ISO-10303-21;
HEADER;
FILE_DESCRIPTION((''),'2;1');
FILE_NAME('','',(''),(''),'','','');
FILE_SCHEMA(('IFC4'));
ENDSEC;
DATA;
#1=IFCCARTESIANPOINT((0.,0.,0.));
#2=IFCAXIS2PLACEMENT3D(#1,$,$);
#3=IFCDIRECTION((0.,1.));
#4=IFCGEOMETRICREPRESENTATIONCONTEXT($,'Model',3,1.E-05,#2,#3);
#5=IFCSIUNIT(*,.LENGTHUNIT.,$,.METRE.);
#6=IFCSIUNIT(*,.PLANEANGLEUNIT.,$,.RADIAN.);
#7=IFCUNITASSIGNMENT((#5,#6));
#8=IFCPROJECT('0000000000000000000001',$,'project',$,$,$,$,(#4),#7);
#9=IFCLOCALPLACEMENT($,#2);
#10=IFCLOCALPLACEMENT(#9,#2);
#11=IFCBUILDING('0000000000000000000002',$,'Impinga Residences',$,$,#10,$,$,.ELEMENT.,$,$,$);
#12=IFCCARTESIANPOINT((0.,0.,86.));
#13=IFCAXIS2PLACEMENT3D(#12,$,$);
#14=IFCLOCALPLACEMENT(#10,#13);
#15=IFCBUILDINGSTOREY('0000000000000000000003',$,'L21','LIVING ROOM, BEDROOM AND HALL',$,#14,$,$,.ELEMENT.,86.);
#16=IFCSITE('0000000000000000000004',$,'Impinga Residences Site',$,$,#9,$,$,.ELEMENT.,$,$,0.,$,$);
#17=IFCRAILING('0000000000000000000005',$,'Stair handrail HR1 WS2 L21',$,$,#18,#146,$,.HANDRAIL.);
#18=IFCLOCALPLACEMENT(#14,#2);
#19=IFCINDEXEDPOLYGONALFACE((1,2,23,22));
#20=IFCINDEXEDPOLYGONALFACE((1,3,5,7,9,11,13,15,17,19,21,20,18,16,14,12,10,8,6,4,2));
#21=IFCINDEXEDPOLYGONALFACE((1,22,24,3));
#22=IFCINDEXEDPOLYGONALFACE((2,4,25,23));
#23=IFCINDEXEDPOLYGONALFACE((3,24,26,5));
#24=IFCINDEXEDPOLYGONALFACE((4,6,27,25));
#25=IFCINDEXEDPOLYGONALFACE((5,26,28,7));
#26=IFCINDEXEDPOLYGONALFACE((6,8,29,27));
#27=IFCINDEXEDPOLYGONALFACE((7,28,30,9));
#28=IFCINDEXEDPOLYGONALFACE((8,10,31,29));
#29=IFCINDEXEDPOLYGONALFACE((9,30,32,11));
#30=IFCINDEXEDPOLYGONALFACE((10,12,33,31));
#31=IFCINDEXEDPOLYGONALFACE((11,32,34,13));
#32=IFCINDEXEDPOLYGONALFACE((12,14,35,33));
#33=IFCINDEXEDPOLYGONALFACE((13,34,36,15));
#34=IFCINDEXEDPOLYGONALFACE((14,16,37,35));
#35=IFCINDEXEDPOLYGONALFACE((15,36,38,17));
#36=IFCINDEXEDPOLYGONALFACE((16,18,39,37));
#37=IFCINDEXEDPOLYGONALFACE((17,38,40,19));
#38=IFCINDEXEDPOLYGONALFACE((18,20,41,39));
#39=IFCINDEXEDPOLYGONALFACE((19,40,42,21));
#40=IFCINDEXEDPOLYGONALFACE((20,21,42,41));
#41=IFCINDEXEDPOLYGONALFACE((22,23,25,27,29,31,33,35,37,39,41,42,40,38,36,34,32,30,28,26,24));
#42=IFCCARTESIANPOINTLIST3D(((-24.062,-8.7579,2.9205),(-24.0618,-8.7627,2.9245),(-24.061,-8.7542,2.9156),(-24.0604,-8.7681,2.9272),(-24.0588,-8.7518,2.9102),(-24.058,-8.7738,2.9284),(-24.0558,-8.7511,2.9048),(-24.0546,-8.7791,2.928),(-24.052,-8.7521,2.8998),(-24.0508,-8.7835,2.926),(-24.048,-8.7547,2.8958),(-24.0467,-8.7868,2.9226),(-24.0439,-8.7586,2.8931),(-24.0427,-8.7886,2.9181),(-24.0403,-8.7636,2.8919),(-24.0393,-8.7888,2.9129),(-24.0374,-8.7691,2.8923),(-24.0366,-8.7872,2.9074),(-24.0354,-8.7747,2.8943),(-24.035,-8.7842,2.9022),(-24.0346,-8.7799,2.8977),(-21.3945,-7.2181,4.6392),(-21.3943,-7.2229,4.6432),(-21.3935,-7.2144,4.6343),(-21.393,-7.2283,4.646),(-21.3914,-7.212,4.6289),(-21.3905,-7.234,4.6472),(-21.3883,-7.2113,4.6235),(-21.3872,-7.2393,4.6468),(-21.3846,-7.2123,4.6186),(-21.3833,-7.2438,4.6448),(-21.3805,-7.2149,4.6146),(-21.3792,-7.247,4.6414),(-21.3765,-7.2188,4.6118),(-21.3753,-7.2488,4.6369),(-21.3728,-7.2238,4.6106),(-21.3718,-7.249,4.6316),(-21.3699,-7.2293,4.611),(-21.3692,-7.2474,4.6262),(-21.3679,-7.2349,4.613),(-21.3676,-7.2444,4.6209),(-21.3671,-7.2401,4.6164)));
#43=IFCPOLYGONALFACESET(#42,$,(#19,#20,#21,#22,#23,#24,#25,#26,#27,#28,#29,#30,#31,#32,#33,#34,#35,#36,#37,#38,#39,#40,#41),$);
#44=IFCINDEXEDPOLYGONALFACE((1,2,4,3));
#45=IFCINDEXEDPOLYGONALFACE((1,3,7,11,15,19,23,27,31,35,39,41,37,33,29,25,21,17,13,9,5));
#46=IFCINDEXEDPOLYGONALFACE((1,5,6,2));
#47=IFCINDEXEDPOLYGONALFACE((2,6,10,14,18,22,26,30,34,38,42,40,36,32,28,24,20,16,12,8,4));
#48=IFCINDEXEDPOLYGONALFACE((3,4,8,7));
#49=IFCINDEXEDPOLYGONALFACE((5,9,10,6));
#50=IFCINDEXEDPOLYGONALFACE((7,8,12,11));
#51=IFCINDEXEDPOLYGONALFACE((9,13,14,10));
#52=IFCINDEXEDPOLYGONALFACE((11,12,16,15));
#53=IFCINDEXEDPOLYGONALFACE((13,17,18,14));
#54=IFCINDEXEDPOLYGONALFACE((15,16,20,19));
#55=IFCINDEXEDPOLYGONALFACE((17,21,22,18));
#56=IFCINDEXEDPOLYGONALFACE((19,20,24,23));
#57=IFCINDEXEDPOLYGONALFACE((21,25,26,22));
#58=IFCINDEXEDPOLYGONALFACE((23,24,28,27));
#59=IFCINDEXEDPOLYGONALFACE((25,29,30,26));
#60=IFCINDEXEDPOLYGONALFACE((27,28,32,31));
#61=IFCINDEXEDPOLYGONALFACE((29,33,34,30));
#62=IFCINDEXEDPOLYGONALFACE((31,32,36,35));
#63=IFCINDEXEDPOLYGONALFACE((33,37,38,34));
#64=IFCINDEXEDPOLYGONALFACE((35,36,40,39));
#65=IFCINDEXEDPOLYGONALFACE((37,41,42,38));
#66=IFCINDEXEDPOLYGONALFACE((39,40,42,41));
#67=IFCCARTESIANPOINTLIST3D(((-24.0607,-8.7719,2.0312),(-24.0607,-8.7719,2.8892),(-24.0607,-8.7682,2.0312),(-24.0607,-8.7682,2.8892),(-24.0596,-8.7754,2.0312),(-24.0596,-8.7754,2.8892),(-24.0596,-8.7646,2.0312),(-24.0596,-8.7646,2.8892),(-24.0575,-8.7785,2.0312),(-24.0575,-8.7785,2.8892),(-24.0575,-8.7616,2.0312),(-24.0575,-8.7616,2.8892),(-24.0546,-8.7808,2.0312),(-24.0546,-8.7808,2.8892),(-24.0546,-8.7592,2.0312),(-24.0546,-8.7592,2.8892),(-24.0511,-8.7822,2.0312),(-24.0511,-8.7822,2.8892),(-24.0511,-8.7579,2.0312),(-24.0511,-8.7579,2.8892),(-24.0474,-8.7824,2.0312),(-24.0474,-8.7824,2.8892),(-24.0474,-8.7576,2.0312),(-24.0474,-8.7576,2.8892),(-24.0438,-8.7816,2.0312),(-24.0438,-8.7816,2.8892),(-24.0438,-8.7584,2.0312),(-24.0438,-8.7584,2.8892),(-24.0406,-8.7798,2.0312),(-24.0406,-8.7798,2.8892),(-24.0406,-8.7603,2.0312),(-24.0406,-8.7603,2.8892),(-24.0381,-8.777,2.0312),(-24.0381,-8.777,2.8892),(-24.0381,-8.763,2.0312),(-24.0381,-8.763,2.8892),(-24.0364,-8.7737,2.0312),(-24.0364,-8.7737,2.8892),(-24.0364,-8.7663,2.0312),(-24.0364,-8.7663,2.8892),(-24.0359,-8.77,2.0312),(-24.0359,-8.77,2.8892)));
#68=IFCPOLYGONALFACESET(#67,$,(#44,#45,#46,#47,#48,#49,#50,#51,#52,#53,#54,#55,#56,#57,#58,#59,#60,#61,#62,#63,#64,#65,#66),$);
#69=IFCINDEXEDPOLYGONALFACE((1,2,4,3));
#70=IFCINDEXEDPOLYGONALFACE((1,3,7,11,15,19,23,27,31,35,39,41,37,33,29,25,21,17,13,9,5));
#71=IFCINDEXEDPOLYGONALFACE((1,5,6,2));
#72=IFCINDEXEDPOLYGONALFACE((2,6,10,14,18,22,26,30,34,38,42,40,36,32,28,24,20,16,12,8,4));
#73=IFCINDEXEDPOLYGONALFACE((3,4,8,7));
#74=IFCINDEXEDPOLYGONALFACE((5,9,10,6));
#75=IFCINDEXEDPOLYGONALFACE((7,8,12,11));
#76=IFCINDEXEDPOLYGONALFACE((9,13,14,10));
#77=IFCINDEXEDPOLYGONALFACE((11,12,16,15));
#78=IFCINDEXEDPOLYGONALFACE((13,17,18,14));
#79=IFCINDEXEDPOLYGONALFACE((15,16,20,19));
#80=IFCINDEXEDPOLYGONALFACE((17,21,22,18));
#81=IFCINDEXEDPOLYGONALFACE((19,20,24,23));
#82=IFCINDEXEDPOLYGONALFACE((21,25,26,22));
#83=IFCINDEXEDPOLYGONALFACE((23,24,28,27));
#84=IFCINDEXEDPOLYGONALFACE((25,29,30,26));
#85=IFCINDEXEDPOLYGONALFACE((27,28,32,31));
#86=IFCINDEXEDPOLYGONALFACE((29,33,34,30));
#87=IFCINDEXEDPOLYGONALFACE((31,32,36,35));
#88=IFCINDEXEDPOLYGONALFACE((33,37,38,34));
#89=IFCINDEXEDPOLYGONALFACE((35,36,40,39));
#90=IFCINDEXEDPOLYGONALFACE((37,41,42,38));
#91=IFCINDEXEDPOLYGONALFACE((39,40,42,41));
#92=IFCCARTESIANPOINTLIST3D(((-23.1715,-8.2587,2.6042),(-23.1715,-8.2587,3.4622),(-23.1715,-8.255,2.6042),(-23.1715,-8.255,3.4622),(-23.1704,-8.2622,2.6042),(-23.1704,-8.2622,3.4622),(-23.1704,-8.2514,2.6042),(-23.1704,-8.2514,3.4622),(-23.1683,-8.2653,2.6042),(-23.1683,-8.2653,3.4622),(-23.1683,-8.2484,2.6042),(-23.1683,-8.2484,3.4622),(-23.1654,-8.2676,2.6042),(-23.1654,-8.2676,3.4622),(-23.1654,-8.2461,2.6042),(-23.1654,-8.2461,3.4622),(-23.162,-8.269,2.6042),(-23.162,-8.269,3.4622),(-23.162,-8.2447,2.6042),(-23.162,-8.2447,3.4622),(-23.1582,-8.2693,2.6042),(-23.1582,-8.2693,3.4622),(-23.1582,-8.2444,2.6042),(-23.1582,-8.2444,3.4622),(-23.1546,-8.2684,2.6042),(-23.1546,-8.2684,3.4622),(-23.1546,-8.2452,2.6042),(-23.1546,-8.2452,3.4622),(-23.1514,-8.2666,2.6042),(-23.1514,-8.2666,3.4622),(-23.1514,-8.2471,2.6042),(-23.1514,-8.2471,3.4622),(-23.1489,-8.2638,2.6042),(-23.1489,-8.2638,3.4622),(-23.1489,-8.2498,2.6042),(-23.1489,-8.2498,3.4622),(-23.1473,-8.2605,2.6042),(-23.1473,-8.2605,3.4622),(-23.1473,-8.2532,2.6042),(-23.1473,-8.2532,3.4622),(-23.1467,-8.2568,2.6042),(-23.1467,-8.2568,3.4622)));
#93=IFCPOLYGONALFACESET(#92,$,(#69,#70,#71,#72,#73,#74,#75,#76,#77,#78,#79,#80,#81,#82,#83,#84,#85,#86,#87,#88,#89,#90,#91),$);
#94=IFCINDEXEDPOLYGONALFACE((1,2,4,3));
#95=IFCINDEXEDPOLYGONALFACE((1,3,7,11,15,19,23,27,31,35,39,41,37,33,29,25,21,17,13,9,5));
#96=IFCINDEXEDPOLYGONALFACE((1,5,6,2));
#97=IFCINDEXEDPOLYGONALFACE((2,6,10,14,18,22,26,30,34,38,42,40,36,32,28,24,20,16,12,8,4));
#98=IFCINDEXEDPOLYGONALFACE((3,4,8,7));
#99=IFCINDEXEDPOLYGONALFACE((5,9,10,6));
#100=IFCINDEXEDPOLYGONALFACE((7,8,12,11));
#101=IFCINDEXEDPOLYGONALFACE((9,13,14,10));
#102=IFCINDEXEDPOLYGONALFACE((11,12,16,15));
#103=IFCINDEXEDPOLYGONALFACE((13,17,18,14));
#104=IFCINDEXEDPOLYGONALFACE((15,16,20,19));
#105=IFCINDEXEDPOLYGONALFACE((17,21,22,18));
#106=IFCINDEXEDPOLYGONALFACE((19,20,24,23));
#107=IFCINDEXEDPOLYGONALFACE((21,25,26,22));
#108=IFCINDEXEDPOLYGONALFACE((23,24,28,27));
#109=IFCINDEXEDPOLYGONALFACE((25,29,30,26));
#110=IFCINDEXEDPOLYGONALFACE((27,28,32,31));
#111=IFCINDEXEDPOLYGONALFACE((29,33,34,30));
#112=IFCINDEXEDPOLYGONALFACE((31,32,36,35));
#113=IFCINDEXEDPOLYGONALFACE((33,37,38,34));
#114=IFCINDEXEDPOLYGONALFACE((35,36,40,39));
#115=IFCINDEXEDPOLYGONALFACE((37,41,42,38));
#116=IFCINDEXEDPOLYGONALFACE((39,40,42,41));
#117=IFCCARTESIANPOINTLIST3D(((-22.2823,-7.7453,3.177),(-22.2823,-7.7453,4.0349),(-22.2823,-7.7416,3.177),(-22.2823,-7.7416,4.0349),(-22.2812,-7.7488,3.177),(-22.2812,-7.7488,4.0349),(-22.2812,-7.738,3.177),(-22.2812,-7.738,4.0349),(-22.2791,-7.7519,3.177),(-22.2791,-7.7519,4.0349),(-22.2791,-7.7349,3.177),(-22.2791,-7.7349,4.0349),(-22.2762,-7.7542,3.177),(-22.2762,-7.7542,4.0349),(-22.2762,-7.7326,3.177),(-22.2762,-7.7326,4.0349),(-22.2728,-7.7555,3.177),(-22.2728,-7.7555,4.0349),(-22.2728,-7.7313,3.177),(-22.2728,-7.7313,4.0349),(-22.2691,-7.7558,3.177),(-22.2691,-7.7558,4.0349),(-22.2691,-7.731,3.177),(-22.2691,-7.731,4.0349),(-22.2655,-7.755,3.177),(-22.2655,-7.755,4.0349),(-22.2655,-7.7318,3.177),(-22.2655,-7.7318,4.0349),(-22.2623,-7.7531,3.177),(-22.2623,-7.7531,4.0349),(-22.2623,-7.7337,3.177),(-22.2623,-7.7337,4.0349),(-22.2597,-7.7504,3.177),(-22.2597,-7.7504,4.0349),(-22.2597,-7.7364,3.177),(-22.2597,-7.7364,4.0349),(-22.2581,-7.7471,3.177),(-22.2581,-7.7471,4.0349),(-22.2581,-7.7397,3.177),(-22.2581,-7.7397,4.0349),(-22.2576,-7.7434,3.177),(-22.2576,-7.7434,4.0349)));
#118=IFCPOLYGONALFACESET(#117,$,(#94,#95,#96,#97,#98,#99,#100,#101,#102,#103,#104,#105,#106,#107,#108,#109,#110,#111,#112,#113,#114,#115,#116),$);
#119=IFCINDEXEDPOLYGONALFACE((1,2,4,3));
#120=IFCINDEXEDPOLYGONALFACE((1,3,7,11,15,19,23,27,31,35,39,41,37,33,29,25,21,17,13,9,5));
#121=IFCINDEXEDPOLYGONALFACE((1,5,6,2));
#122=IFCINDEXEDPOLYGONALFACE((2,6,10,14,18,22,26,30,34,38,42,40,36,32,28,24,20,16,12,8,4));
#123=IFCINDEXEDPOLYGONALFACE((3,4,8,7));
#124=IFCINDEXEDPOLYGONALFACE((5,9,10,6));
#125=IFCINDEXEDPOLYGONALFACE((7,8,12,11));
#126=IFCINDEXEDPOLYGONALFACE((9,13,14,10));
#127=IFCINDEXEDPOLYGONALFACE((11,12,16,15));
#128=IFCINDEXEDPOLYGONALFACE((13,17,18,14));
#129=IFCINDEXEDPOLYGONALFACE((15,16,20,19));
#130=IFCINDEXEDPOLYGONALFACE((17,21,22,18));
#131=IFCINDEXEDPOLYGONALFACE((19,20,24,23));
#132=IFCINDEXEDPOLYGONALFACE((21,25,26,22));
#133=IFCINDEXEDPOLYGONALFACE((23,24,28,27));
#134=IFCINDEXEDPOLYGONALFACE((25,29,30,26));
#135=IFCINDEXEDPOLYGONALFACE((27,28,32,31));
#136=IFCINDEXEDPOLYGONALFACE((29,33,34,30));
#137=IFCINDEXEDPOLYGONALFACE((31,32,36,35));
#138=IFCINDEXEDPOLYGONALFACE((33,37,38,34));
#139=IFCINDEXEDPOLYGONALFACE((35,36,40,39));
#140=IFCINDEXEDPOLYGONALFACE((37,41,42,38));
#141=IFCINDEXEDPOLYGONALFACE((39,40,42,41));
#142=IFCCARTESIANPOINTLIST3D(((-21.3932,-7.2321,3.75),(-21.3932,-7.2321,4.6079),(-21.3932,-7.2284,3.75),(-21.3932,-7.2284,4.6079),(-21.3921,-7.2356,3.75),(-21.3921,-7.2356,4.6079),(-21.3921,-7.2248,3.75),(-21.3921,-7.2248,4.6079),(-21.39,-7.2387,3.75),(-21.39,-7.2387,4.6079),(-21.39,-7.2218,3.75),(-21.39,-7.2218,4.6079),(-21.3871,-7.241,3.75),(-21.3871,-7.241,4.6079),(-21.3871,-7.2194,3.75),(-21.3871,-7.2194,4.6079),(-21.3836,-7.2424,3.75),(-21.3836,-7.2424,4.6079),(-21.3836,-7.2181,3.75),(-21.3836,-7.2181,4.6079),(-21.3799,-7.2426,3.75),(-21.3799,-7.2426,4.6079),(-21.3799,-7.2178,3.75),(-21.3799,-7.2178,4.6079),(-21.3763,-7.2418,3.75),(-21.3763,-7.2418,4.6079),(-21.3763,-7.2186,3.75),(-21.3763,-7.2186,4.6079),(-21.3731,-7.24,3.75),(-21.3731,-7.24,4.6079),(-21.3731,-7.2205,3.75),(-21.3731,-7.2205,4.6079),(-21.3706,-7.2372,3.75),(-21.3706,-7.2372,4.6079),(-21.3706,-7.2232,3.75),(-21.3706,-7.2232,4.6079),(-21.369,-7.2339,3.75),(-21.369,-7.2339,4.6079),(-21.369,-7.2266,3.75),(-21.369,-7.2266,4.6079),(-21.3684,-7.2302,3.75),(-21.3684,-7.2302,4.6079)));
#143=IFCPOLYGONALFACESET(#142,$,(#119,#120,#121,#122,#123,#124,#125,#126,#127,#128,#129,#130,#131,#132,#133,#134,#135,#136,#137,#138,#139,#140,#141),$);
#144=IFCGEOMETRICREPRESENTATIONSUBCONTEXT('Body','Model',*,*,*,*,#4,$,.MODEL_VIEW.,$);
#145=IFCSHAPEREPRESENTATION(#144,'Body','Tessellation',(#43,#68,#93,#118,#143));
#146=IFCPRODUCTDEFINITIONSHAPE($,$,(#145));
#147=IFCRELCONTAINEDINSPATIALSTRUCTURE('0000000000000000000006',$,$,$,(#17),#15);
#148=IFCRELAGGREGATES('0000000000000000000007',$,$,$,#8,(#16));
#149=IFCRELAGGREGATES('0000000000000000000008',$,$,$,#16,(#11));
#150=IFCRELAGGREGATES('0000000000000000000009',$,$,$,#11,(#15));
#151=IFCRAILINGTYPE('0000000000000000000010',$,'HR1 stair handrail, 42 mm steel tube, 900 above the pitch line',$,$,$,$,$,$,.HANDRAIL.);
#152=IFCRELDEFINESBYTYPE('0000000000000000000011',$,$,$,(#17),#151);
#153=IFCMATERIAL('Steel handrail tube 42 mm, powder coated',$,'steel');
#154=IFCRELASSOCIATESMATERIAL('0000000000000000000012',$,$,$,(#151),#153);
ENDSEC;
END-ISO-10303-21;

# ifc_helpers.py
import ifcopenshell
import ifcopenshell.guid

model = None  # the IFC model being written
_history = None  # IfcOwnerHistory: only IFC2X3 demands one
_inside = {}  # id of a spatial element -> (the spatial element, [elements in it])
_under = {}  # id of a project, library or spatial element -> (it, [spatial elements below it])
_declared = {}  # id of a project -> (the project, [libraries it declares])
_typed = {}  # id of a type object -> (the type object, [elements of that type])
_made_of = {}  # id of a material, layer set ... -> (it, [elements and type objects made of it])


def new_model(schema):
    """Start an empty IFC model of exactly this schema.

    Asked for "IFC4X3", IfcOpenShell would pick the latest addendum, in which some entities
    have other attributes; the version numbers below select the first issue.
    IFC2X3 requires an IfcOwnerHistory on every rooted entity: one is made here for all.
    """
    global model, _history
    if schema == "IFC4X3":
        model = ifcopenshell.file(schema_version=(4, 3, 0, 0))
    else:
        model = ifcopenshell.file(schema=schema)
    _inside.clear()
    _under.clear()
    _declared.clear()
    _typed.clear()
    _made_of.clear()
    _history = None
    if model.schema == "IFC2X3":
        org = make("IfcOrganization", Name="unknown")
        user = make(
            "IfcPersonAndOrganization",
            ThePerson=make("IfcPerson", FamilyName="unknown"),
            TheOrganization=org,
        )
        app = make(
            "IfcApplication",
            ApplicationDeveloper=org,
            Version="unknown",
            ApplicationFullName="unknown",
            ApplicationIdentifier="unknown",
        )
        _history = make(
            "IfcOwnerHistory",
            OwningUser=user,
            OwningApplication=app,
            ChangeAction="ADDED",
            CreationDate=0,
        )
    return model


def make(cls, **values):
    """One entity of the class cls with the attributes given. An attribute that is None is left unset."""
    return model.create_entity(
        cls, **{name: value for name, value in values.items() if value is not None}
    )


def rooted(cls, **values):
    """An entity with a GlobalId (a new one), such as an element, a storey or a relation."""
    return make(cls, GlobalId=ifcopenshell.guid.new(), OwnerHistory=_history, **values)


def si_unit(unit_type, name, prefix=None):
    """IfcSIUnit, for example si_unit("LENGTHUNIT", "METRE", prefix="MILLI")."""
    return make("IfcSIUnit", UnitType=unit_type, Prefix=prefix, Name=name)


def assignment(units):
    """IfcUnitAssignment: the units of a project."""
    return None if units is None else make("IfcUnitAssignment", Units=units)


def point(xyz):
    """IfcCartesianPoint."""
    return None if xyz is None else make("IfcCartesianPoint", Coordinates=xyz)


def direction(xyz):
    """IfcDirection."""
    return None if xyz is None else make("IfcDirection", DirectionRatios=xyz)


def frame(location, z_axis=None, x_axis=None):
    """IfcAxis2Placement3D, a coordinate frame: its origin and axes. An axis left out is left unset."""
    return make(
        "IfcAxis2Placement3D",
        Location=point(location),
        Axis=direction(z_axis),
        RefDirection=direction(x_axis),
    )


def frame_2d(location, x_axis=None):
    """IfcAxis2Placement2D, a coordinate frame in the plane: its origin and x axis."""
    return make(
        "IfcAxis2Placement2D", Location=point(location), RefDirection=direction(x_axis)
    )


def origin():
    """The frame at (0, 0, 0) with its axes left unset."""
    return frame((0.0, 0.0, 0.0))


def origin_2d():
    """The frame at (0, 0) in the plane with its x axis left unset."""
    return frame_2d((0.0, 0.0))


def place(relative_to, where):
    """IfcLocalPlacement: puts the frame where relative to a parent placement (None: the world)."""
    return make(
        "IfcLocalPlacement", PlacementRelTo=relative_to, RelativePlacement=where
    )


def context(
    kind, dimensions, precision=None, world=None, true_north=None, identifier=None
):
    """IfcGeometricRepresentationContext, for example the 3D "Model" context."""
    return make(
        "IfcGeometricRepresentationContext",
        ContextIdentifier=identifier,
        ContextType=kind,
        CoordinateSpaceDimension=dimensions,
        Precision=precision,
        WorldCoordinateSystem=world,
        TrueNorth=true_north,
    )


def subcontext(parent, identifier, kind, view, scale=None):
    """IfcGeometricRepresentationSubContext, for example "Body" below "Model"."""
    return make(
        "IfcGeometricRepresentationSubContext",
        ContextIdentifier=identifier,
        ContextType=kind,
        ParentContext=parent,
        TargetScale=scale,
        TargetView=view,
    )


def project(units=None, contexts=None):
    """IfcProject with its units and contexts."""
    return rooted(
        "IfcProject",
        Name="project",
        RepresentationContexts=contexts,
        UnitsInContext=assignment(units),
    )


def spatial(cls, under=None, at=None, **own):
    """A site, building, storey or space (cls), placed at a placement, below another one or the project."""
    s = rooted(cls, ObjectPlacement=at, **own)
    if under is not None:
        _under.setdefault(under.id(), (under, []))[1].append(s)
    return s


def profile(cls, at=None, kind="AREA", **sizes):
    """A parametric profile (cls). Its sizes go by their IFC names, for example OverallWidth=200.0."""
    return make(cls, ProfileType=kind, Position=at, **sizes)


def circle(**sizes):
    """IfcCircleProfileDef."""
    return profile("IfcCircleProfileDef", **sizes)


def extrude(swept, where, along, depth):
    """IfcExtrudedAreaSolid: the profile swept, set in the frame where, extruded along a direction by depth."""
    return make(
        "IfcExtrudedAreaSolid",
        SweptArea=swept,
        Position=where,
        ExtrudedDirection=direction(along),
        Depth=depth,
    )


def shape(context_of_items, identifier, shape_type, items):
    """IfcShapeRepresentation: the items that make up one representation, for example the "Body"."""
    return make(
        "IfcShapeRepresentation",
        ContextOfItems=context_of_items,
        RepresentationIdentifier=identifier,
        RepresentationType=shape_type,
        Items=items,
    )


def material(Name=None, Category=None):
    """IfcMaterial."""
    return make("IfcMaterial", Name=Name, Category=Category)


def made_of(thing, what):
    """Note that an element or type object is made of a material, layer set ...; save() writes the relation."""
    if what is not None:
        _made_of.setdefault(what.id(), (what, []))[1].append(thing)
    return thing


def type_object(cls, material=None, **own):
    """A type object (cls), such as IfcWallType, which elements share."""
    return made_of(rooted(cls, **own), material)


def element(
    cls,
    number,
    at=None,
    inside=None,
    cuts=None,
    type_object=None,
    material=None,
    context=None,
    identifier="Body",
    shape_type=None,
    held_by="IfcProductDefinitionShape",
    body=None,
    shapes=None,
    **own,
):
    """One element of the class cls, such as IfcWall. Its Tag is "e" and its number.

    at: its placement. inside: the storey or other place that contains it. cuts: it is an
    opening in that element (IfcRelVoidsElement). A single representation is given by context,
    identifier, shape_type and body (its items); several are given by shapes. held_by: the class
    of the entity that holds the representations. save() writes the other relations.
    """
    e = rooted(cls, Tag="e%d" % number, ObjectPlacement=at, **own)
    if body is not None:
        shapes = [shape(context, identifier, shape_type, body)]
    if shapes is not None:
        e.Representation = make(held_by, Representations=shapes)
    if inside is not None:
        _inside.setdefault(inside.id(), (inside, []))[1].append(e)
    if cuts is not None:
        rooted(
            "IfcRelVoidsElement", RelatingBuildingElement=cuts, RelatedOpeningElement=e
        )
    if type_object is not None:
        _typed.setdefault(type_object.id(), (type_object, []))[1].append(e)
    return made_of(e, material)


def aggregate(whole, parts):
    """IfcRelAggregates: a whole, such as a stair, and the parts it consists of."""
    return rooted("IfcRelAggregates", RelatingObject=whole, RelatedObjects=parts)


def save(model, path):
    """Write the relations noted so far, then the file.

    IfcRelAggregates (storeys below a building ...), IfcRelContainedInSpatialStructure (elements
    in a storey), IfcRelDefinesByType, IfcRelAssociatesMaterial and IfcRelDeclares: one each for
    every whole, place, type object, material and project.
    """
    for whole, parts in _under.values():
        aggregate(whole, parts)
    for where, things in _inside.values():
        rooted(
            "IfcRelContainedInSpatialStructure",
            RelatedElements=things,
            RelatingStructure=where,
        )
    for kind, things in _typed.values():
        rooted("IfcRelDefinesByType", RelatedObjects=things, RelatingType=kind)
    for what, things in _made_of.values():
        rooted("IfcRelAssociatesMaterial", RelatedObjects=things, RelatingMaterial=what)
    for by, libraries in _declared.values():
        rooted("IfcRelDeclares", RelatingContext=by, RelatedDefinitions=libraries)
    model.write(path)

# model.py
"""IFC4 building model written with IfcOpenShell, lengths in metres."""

from ifc_helpers import new_model, si_unit, direction, frame, origin, origin_2d, place, context, subcontext, project, spatial, circle, extrude, material, type_object, element, save


model = new_model("IFC4")

# Units and contexts
model_context = context("Model", 3, precision=1e-05, world=origin(), true_north=direction((0.0, 1.0)))
body_context = subcontext(model_context, "Body", "Model", "MODEL_VIEW")
ifc_project = project(units=[si_unit("LENGTHUNIT", "METRE"), si_unit("PLANEANGLEUNIT", "RADIAN")], contexts=[model_context])

# Site, building, storey
site_placement = place(None, origin())
site = spatial("IfcSite", under=ifc_project, at=site_placement, Name="Impinga Residences Site", CompositionType="ELEMENT", RefElevation=0.0)
building_placement = place(site_placement, origin())
building = spatial("IfcBuilding", under=site, at=building_placement, Name="Impinga Residences", CompositionType="ELEMENT")
storey_placement = place(building_placement, frame((0.0, 0.0, 86.0)))
storey = spatial("IfcBuildingStorey", under=building, at=storey_placement, Name="L21", Description="LIVING ROOM, BEDROOM AND HALL", CompositionType="ELEMENT", Elevation=86.0)

# Railing
ifc_material_1 = material(Name="Steel handrail tube 42 mm, powder coated", Category="steel")
railing_type_1 = type_object("IfcRailingType", Name="HR1 stair handrail, 42 mm steel tube, 900 above the pitch line", PredefinedType="HANDRAIL", material=ifc_material_1)
railing_1_placement = place(storey_placement, frame((-24.0483, -8.77, 2.0312)))
element("IfcRailing", 1, at=railing_1_placement, inside=storey, type_object=railing_type_1, Name="Stair handrail HR1 WS2 L21", PredefinedType="HANDRAIL", context=body_context, shape_type="SweptSolid", body=[
    extrude(circle(Radius=0.021, at=origin_2d()), frame((0.0, 0.0, 0.8789), z_axis=(0.756279, 0.43656, 0.487297), x_axis=(-0.499933, 0.866064, 0.0)), (0.0, 0.0, 1.0), 3.5271),
    extrude(circle(Radius=0.0125, at=origin_2d()), origin(), (0.0, 0.0, 1.0), 0.8579),
    extrude(circle(Radius=0.0125, at=origin_2d()), frame((0.8892, 0.5132, 0.573)), (0.0, 0.0, 1.0), 0.8579),
    extrude(circle(Radius=0.0125, at=origin_2d()), frame((1.7783, 1.0266, 1.1458)), (0.0, 0.0, 1.0), 0.8579),
    extrude(circle(Radius=0.0125, at=origin_2d()), frame((2.6675, 1.5398, 1.7188)), (0.0, 0.0, 1.0), 0.8579),
])

save(model, "model.ifc")
